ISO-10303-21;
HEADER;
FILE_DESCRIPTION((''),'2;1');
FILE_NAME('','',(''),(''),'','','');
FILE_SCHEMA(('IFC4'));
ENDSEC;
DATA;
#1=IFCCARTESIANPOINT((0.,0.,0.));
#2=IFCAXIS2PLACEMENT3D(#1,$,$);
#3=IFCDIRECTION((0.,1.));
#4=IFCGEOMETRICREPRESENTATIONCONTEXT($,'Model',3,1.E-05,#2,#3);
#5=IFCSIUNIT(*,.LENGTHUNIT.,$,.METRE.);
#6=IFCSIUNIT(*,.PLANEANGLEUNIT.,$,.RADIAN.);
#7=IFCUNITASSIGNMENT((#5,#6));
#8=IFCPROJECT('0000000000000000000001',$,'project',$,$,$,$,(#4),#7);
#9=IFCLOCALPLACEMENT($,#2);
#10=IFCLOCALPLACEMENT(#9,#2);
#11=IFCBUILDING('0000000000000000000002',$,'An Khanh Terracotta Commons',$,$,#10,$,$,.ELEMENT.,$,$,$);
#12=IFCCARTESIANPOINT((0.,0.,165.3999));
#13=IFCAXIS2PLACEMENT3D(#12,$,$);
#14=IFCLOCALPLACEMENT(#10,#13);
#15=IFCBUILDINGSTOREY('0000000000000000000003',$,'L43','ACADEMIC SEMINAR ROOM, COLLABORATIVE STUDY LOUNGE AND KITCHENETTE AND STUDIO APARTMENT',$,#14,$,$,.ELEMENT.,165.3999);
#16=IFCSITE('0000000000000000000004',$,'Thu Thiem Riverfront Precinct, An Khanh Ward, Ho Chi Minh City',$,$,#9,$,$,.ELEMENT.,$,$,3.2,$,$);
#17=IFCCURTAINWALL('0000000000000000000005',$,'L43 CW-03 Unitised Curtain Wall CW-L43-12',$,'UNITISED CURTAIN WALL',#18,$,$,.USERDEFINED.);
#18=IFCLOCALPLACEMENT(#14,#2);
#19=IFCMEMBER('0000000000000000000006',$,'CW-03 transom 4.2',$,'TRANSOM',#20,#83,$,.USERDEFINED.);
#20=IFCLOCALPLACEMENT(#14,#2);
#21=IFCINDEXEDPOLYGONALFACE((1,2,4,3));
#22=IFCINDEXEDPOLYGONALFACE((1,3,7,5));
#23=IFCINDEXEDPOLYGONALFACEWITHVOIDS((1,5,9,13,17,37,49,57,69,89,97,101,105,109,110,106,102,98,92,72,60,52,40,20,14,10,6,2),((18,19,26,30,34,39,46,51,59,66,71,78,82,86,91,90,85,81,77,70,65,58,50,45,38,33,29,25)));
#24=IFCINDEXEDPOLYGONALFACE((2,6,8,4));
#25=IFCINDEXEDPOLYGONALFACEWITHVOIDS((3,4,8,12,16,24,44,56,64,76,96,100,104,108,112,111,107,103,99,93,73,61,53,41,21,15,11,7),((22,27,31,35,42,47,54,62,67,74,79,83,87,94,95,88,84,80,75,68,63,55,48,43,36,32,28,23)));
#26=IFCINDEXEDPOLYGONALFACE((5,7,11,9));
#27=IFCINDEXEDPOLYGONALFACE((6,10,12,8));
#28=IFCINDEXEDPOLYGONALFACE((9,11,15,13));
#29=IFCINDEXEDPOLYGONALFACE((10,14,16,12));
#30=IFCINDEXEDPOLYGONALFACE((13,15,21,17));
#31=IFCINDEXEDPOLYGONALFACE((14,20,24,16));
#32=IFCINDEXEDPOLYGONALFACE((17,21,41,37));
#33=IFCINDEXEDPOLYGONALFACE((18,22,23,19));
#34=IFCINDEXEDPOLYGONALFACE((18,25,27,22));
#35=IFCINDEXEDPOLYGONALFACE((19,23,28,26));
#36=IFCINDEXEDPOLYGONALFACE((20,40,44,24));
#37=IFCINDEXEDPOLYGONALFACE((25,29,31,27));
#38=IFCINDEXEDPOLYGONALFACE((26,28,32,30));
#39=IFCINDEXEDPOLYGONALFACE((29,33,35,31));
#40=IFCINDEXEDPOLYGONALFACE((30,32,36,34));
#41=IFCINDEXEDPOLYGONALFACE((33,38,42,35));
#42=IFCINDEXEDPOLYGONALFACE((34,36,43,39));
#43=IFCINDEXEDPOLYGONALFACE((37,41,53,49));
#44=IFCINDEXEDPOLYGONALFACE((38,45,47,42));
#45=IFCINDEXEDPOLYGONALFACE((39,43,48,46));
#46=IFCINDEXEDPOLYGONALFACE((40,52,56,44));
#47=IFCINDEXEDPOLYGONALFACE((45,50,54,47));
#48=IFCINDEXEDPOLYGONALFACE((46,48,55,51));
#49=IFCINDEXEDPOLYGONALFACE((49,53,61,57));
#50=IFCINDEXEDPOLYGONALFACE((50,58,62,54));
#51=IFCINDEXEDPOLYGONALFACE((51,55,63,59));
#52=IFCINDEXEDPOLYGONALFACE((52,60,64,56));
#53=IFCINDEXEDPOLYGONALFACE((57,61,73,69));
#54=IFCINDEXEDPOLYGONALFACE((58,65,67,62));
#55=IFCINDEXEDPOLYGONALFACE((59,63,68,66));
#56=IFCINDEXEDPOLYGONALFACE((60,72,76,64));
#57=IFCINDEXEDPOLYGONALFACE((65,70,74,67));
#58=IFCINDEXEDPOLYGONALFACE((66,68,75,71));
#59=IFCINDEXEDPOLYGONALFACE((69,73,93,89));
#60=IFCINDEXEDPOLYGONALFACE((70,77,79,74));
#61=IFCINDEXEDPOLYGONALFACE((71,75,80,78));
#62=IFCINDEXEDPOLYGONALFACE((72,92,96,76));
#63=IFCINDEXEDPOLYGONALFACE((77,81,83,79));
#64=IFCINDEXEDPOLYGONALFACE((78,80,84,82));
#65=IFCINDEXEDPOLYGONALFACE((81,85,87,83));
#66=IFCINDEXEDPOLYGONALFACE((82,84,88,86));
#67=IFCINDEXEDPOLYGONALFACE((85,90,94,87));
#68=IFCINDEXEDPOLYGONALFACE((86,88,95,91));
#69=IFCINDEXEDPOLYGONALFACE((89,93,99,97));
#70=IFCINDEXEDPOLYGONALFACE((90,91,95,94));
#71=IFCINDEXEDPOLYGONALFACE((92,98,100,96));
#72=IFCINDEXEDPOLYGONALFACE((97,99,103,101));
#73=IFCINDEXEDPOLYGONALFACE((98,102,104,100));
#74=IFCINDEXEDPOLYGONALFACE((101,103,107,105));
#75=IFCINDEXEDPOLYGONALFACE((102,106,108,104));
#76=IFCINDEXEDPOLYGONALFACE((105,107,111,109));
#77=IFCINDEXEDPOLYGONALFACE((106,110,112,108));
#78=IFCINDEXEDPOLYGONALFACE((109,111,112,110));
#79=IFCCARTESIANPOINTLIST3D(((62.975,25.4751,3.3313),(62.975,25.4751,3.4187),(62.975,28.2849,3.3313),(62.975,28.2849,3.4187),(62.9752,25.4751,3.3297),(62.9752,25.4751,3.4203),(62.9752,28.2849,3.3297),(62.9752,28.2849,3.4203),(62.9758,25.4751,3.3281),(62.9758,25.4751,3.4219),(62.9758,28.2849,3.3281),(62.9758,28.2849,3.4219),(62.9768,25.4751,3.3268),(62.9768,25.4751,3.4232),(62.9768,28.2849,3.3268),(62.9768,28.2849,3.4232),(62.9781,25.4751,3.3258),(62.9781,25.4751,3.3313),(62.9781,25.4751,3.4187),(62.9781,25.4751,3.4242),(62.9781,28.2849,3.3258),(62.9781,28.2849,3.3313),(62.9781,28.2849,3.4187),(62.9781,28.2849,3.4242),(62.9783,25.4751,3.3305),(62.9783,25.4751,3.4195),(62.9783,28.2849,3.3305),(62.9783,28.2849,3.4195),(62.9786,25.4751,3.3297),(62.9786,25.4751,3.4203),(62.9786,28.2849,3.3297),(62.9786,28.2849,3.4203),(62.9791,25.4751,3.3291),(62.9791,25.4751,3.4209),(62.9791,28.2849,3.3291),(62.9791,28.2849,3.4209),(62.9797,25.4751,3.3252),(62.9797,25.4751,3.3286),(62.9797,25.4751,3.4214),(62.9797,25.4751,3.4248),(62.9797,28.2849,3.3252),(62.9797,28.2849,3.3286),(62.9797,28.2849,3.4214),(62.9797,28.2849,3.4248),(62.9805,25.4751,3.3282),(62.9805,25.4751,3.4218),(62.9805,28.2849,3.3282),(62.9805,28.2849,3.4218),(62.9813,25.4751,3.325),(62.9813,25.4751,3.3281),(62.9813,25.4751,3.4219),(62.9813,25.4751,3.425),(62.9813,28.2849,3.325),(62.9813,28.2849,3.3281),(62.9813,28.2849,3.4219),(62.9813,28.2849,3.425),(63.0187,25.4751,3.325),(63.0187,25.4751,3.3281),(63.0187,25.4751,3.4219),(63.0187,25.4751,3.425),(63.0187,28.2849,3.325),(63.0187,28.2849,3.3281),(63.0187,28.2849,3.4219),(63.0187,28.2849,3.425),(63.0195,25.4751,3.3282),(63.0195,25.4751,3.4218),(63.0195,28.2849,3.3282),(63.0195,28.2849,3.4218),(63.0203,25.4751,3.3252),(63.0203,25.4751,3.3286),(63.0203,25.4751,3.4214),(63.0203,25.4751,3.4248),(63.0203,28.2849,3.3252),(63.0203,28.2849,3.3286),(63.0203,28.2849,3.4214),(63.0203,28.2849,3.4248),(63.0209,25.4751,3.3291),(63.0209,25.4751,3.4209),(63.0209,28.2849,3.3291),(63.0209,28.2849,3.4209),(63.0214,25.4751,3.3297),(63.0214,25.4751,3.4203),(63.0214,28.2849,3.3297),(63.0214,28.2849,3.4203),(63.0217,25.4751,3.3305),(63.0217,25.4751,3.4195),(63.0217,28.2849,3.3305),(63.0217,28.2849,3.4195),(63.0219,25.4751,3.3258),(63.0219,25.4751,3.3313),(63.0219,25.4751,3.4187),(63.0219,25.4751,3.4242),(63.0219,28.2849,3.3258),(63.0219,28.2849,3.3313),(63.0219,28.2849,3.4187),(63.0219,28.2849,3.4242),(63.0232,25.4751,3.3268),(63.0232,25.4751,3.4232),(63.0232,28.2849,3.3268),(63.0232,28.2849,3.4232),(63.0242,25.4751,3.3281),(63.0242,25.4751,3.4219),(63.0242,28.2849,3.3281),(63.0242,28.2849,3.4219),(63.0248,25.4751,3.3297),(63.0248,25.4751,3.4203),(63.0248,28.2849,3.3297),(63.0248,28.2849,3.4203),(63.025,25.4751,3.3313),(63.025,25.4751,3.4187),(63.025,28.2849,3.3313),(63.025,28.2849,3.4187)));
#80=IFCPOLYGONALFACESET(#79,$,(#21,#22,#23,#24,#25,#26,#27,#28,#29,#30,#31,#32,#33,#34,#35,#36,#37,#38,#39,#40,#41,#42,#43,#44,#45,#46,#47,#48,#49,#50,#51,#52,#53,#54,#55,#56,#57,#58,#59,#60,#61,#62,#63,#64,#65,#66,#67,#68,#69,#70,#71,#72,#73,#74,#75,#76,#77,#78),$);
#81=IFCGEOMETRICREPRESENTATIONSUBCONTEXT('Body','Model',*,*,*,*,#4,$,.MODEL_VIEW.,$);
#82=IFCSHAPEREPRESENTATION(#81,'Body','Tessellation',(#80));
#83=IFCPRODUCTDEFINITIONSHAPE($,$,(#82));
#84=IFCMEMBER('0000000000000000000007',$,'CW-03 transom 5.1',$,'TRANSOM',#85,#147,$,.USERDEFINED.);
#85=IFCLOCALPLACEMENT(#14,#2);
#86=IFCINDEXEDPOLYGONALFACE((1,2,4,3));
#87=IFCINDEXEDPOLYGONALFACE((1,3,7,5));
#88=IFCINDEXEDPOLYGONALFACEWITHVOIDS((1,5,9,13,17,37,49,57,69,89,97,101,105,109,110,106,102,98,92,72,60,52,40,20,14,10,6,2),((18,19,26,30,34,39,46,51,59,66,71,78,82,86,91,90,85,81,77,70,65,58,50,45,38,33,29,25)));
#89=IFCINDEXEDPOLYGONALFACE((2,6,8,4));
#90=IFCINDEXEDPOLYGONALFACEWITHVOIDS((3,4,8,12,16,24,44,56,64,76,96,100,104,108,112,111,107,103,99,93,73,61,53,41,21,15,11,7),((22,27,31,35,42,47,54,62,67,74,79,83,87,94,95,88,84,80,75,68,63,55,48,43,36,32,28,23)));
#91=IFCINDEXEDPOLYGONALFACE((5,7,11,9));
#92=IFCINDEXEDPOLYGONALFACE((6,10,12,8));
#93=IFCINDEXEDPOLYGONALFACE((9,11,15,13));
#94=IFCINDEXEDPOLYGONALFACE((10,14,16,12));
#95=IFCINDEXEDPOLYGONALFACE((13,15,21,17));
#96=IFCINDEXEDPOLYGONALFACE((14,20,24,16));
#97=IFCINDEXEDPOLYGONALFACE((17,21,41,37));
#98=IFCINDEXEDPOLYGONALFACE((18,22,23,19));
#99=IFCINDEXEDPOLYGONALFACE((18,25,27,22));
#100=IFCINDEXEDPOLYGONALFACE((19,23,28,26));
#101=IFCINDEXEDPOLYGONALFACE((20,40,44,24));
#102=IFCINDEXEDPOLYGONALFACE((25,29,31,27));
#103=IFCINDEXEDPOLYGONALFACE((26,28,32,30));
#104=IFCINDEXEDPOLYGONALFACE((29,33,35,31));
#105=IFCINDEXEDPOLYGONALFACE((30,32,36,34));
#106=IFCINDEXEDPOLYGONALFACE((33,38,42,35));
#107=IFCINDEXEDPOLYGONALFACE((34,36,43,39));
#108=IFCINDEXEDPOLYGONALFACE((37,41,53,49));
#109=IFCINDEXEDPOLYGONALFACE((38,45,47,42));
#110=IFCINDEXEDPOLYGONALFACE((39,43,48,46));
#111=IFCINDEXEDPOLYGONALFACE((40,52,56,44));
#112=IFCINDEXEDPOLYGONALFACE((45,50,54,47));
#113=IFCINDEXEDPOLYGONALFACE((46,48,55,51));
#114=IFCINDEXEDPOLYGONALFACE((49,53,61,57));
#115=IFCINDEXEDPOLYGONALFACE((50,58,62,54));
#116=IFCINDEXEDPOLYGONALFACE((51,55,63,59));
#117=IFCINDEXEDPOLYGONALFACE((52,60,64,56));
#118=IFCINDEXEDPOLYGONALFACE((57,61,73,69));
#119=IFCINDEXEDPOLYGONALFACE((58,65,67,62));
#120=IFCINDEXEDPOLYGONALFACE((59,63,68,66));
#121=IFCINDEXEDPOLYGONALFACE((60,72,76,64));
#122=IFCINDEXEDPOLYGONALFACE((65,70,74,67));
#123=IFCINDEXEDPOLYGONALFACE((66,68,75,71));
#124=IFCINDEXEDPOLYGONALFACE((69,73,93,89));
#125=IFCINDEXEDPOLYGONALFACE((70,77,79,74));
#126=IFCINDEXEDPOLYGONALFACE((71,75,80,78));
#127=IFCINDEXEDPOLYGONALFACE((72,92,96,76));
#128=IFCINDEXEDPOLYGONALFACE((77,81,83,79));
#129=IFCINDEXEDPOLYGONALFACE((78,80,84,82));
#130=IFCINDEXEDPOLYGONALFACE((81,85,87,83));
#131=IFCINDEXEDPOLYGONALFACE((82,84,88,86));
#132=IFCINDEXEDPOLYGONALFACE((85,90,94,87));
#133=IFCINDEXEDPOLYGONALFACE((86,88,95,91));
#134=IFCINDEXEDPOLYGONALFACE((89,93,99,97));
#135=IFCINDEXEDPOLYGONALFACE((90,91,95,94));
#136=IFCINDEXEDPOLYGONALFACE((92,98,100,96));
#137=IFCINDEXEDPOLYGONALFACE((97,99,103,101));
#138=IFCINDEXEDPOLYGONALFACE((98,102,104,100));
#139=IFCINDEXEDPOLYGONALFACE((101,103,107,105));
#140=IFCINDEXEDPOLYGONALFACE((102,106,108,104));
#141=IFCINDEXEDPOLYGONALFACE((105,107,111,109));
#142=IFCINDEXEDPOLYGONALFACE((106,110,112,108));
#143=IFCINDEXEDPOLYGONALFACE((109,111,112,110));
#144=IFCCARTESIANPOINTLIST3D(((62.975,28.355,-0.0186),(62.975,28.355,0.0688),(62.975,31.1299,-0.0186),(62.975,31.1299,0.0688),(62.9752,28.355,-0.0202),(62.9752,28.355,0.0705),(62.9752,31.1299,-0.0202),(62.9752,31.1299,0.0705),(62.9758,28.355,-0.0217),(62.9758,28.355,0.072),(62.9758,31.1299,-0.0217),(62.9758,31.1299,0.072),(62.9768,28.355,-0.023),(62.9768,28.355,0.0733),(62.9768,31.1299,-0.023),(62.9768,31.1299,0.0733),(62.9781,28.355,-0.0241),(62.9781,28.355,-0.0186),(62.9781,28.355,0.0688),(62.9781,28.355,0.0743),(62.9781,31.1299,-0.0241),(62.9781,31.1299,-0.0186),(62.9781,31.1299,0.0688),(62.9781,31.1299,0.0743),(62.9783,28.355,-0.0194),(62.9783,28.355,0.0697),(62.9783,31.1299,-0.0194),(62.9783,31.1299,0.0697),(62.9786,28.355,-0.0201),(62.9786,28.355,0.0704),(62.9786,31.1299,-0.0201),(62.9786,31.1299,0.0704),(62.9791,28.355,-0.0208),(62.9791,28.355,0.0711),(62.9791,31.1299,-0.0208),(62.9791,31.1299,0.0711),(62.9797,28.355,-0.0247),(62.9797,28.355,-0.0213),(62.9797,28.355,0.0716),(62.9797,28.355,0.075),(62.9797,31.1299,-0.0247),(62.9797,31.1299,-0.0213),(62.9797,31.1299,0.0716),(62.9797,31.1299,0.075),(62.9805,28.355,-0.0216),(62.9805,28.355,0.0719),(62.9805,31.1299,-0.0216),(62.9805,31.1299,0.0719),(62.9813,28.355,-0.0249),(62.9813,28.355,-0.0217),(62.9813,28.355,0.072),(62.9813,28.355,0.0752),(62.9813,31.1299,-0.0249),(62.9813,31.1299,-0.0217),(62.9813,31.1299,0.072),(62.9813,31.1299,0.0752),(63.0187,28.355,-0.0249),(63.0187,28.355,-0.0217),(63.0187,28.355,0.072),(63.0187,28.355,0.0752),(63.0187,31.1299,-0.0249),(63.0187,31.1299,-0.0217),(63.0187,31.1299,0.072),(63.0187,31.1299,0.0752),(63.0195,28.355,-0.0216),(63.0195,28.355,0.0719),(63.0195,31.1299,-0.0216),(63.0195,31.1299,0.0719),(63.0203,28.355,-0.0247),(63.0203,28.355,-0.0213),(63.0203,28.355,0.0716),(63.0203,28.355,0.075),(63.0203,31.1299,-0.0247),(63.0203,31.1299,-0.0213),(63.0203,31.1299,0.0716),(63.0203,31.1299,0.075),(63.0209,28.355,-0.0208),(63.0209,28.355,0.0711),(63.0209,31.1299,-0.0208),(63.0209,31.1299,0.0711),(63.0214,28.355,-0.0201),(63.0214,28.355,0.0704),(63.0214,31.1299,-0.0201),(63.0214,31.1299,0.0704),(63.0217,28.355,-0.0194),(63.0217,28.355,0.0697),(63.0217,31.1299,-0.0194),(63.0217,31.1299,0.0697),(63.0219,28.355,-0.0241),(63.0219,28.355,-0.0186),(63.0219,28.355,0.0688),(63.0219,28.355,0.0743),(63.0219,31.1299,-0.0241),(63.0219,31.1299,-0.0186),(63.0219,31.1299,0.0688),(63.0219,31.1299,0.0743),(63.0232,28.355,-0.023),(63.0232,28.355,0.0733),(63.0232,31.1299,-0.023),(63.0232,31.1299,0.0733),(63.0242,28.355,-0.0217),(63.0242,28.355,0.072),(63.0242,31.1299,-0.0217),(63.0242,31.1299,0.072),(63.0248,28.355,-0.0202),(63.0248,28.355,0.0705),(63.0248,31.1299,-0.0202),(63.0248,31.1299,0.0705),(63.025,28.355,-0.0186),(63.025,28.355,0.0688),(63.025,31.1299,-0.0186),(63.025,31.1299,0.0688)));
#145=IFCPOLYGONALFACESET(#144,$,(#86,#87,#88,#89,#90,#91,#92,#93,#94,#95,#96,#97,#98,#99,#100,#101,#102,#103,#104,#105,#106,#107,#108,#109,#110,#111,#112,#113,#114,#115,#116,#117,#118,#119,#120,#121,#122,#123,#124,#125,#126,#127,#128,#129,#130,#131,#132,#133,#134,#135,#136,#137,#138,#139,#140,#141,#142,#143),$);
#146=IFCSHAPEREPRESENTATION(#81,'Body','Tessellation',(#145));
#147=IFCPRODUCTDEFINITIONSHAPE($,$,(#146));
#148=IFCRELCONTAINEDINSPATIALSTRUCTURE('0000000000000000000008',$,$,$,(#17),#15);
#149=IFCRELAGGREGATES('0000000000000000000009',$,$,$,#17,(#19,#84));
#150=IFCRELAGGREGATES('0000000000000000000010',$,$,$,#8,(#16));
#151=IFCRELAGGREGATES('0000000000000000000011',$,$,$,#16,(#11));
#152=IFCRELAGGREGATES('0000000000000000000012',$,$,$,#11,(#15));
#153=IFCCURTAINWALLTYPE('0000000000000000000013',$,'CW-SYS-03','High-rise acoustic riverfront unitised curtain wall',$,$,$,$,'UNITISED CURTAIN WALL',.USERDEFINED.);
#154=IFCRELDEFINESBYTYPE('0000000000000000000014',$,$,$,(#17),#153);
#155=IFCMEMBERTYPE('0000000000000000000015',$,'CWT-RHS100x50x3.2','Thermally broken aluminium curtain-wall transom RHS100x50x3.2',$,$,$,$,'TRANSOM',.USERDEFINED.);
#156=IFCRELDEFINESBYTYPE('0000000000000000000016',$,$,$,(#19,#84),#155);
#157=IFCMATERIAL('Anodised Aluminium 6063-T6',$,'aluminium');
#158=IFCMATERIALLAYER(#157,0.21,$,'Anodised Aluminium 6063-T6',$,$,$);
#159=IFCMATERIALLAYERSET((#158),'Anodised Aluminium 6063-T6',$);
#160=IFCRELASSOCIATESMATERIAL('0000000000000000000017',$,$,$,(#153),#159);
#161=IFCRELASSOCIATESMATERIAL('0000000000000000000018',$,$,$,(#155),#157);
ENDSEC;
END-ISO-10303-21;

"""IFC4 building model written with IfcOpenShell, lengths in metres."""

from ifc_helpers import new_model, si_unit, direction, frame, origin, origin_2d, place, context, subcontext, project, spatial, hollow_rectangle, extrude, material, layer, layer_set, material_profile, profile_set, type_object, element, aggregate, save


model = new_model("IFC4")

# Units and contexts
model_context = context("Model", 3, precision=1e-05, world=origin(), true_north=direction((0.0, 1.0)))
body_context = subcontext(model_context, "Body", "Model", "MODEL_VIEW")
ifc_project = project(units=[si_unit("LENGTHUNIT", "METRE"), si_unit("PLANEANGLEUNIT", "RADIAN")], contexts=[model_context])

# Site, building, storey
site_placement = place(None, origin())
site = spatial("IfcSite", under=ifc_project, at=site_placement, Name="Thu Thiem Riverfront Precinct, An Khanh Ward, Ho Chi Minh City", CompositionType="ELEMENT", RefElevation=3.2)
building_placement = place(site_placement, origin())
building = spatial("IfcBuilding", under=site, at=building_placement, Name="An Khanh Terracotta Commons", CompositionType="ELEMENT")
storey_placement = place(building_placement, frame((0.0, 0.0, 165.3999)))
storey = spatial("IfcBuildingStorey", under=building, at=storey_placement, Name="L43", Description="ACADEMIC SEMINAR ROOM, COLLABORATIVE STUDY LOUNGE AND KITCHENETTE AND STUDIO APARTMENT", CompositionType="ELEMENT", Elevation=165.3999)

# Curtain wall
ifc_material_1 = material(Name="Anodised Aluminium 6063-T6", Category="aluminium")
ifc_layer_1 = layer(ifc_material_1, 0.21, Name="Anodised Aluminium 6063-T6")
ifc_layer_set_1 = layer_set([ifc_layer_1], Name="Anodised Aluminium 6063-T6")
curtain_wall_type = type_object("IfcCurtainWallType", Name="CW-SYS-03", Description="High-rise acoustic riverfront unitised curtain wall", ElementType="UNITISED CURTAIN WALL", PredefinedType="USERDEFINED", material=ifc_layer_set_1)
curtain_wall_1_placement = place(storey_placement, origin())
curtain_wall_1 = element("IfcCurtainWall", 1, at=curtain_wall_1_placement, inside=storey, type_object=curtain_wall_type, Name="L43 CW-03 Unitised Curtain Wall CW-L43-12", ObjectType="UNITISED CURTAIN WALL", PredefinedType="USERDEFINED")

# Members
ifc_material_profile_1 = material_profile(ifc_material_1, hollow_rectangle(XDim=0.05, YDim=0.1001, WallThickness=0.0032, InnerFilletRadius=0.0032, OuterFilletRadius=0.0063, at=origin_2d()), Name="RHS100x50x3.2")
ifc_profile_set_1 = profile_set([ifc_material_profile_1], Name="Anodised Aluminium 6063-T6")
member_type_1 = type_object("IfcMemberType", Name="CWT-RHS100x50x3.2", Description="Thermally broken aluminium curtain-wall transom RHS100x50x3.2", ElementType="TRANSOM", PredefinedType="USERDEFINED", material=ifc_profile_set_1)
member_1_placement = place(storey_placement, frame((63.0, 25.4751, 3.375), z_axis=(0.0, 1.0, 0.0), x_axis=(-1.0, 0.0, 0.0)))
member_1 = element("IfcMember", 2, at=member_1_placement, type_object=member_type_1, Name="CW-03 transom 4.2", ObjectType="TRANSOM", PredefinedType="USERDEFINED", context=body_context, shape_type="SweptSolid", body=[
    extrude(hollow_rectangle(XDim=0.05, YDim=0.1001, WallThickness=0.0032, InnerFilletRadius=0.0032, OuterFilletRadius=0.0063, at=origin_2d()), origin(), (0.0, 0.0, 1.0), 2.8098),
])
member_2_placement = place(storey_placement, frame((63.0, 28.355, 0.0251), z_axis=(0.0, 1.0, 0.0), x_axis=(-1.0, 0.0, 0.0)))
member_2 = element("IfcMember", 3, at=member_2_placement, type_object=member_type_1, Name="CW-03 transom 5.1", ObjectType="TRANSOM", PredefinedType="USERDEFINED", context=body_context, shape_type="SweptSolid", body=[
    extrude(hollow_rectangle(XDim=0.05, YDim=0.1001, WallThickness=0.0032, InnerFilletRadius=0.0032, OuterFilletRadius=0.0063, at=origin_2d()), origin(), (0.0, 0.0, 1.0), 2.7749),
])

aggregate(curtain_wall_1, [member_1, member_2])

save(model, "model.ifc")
